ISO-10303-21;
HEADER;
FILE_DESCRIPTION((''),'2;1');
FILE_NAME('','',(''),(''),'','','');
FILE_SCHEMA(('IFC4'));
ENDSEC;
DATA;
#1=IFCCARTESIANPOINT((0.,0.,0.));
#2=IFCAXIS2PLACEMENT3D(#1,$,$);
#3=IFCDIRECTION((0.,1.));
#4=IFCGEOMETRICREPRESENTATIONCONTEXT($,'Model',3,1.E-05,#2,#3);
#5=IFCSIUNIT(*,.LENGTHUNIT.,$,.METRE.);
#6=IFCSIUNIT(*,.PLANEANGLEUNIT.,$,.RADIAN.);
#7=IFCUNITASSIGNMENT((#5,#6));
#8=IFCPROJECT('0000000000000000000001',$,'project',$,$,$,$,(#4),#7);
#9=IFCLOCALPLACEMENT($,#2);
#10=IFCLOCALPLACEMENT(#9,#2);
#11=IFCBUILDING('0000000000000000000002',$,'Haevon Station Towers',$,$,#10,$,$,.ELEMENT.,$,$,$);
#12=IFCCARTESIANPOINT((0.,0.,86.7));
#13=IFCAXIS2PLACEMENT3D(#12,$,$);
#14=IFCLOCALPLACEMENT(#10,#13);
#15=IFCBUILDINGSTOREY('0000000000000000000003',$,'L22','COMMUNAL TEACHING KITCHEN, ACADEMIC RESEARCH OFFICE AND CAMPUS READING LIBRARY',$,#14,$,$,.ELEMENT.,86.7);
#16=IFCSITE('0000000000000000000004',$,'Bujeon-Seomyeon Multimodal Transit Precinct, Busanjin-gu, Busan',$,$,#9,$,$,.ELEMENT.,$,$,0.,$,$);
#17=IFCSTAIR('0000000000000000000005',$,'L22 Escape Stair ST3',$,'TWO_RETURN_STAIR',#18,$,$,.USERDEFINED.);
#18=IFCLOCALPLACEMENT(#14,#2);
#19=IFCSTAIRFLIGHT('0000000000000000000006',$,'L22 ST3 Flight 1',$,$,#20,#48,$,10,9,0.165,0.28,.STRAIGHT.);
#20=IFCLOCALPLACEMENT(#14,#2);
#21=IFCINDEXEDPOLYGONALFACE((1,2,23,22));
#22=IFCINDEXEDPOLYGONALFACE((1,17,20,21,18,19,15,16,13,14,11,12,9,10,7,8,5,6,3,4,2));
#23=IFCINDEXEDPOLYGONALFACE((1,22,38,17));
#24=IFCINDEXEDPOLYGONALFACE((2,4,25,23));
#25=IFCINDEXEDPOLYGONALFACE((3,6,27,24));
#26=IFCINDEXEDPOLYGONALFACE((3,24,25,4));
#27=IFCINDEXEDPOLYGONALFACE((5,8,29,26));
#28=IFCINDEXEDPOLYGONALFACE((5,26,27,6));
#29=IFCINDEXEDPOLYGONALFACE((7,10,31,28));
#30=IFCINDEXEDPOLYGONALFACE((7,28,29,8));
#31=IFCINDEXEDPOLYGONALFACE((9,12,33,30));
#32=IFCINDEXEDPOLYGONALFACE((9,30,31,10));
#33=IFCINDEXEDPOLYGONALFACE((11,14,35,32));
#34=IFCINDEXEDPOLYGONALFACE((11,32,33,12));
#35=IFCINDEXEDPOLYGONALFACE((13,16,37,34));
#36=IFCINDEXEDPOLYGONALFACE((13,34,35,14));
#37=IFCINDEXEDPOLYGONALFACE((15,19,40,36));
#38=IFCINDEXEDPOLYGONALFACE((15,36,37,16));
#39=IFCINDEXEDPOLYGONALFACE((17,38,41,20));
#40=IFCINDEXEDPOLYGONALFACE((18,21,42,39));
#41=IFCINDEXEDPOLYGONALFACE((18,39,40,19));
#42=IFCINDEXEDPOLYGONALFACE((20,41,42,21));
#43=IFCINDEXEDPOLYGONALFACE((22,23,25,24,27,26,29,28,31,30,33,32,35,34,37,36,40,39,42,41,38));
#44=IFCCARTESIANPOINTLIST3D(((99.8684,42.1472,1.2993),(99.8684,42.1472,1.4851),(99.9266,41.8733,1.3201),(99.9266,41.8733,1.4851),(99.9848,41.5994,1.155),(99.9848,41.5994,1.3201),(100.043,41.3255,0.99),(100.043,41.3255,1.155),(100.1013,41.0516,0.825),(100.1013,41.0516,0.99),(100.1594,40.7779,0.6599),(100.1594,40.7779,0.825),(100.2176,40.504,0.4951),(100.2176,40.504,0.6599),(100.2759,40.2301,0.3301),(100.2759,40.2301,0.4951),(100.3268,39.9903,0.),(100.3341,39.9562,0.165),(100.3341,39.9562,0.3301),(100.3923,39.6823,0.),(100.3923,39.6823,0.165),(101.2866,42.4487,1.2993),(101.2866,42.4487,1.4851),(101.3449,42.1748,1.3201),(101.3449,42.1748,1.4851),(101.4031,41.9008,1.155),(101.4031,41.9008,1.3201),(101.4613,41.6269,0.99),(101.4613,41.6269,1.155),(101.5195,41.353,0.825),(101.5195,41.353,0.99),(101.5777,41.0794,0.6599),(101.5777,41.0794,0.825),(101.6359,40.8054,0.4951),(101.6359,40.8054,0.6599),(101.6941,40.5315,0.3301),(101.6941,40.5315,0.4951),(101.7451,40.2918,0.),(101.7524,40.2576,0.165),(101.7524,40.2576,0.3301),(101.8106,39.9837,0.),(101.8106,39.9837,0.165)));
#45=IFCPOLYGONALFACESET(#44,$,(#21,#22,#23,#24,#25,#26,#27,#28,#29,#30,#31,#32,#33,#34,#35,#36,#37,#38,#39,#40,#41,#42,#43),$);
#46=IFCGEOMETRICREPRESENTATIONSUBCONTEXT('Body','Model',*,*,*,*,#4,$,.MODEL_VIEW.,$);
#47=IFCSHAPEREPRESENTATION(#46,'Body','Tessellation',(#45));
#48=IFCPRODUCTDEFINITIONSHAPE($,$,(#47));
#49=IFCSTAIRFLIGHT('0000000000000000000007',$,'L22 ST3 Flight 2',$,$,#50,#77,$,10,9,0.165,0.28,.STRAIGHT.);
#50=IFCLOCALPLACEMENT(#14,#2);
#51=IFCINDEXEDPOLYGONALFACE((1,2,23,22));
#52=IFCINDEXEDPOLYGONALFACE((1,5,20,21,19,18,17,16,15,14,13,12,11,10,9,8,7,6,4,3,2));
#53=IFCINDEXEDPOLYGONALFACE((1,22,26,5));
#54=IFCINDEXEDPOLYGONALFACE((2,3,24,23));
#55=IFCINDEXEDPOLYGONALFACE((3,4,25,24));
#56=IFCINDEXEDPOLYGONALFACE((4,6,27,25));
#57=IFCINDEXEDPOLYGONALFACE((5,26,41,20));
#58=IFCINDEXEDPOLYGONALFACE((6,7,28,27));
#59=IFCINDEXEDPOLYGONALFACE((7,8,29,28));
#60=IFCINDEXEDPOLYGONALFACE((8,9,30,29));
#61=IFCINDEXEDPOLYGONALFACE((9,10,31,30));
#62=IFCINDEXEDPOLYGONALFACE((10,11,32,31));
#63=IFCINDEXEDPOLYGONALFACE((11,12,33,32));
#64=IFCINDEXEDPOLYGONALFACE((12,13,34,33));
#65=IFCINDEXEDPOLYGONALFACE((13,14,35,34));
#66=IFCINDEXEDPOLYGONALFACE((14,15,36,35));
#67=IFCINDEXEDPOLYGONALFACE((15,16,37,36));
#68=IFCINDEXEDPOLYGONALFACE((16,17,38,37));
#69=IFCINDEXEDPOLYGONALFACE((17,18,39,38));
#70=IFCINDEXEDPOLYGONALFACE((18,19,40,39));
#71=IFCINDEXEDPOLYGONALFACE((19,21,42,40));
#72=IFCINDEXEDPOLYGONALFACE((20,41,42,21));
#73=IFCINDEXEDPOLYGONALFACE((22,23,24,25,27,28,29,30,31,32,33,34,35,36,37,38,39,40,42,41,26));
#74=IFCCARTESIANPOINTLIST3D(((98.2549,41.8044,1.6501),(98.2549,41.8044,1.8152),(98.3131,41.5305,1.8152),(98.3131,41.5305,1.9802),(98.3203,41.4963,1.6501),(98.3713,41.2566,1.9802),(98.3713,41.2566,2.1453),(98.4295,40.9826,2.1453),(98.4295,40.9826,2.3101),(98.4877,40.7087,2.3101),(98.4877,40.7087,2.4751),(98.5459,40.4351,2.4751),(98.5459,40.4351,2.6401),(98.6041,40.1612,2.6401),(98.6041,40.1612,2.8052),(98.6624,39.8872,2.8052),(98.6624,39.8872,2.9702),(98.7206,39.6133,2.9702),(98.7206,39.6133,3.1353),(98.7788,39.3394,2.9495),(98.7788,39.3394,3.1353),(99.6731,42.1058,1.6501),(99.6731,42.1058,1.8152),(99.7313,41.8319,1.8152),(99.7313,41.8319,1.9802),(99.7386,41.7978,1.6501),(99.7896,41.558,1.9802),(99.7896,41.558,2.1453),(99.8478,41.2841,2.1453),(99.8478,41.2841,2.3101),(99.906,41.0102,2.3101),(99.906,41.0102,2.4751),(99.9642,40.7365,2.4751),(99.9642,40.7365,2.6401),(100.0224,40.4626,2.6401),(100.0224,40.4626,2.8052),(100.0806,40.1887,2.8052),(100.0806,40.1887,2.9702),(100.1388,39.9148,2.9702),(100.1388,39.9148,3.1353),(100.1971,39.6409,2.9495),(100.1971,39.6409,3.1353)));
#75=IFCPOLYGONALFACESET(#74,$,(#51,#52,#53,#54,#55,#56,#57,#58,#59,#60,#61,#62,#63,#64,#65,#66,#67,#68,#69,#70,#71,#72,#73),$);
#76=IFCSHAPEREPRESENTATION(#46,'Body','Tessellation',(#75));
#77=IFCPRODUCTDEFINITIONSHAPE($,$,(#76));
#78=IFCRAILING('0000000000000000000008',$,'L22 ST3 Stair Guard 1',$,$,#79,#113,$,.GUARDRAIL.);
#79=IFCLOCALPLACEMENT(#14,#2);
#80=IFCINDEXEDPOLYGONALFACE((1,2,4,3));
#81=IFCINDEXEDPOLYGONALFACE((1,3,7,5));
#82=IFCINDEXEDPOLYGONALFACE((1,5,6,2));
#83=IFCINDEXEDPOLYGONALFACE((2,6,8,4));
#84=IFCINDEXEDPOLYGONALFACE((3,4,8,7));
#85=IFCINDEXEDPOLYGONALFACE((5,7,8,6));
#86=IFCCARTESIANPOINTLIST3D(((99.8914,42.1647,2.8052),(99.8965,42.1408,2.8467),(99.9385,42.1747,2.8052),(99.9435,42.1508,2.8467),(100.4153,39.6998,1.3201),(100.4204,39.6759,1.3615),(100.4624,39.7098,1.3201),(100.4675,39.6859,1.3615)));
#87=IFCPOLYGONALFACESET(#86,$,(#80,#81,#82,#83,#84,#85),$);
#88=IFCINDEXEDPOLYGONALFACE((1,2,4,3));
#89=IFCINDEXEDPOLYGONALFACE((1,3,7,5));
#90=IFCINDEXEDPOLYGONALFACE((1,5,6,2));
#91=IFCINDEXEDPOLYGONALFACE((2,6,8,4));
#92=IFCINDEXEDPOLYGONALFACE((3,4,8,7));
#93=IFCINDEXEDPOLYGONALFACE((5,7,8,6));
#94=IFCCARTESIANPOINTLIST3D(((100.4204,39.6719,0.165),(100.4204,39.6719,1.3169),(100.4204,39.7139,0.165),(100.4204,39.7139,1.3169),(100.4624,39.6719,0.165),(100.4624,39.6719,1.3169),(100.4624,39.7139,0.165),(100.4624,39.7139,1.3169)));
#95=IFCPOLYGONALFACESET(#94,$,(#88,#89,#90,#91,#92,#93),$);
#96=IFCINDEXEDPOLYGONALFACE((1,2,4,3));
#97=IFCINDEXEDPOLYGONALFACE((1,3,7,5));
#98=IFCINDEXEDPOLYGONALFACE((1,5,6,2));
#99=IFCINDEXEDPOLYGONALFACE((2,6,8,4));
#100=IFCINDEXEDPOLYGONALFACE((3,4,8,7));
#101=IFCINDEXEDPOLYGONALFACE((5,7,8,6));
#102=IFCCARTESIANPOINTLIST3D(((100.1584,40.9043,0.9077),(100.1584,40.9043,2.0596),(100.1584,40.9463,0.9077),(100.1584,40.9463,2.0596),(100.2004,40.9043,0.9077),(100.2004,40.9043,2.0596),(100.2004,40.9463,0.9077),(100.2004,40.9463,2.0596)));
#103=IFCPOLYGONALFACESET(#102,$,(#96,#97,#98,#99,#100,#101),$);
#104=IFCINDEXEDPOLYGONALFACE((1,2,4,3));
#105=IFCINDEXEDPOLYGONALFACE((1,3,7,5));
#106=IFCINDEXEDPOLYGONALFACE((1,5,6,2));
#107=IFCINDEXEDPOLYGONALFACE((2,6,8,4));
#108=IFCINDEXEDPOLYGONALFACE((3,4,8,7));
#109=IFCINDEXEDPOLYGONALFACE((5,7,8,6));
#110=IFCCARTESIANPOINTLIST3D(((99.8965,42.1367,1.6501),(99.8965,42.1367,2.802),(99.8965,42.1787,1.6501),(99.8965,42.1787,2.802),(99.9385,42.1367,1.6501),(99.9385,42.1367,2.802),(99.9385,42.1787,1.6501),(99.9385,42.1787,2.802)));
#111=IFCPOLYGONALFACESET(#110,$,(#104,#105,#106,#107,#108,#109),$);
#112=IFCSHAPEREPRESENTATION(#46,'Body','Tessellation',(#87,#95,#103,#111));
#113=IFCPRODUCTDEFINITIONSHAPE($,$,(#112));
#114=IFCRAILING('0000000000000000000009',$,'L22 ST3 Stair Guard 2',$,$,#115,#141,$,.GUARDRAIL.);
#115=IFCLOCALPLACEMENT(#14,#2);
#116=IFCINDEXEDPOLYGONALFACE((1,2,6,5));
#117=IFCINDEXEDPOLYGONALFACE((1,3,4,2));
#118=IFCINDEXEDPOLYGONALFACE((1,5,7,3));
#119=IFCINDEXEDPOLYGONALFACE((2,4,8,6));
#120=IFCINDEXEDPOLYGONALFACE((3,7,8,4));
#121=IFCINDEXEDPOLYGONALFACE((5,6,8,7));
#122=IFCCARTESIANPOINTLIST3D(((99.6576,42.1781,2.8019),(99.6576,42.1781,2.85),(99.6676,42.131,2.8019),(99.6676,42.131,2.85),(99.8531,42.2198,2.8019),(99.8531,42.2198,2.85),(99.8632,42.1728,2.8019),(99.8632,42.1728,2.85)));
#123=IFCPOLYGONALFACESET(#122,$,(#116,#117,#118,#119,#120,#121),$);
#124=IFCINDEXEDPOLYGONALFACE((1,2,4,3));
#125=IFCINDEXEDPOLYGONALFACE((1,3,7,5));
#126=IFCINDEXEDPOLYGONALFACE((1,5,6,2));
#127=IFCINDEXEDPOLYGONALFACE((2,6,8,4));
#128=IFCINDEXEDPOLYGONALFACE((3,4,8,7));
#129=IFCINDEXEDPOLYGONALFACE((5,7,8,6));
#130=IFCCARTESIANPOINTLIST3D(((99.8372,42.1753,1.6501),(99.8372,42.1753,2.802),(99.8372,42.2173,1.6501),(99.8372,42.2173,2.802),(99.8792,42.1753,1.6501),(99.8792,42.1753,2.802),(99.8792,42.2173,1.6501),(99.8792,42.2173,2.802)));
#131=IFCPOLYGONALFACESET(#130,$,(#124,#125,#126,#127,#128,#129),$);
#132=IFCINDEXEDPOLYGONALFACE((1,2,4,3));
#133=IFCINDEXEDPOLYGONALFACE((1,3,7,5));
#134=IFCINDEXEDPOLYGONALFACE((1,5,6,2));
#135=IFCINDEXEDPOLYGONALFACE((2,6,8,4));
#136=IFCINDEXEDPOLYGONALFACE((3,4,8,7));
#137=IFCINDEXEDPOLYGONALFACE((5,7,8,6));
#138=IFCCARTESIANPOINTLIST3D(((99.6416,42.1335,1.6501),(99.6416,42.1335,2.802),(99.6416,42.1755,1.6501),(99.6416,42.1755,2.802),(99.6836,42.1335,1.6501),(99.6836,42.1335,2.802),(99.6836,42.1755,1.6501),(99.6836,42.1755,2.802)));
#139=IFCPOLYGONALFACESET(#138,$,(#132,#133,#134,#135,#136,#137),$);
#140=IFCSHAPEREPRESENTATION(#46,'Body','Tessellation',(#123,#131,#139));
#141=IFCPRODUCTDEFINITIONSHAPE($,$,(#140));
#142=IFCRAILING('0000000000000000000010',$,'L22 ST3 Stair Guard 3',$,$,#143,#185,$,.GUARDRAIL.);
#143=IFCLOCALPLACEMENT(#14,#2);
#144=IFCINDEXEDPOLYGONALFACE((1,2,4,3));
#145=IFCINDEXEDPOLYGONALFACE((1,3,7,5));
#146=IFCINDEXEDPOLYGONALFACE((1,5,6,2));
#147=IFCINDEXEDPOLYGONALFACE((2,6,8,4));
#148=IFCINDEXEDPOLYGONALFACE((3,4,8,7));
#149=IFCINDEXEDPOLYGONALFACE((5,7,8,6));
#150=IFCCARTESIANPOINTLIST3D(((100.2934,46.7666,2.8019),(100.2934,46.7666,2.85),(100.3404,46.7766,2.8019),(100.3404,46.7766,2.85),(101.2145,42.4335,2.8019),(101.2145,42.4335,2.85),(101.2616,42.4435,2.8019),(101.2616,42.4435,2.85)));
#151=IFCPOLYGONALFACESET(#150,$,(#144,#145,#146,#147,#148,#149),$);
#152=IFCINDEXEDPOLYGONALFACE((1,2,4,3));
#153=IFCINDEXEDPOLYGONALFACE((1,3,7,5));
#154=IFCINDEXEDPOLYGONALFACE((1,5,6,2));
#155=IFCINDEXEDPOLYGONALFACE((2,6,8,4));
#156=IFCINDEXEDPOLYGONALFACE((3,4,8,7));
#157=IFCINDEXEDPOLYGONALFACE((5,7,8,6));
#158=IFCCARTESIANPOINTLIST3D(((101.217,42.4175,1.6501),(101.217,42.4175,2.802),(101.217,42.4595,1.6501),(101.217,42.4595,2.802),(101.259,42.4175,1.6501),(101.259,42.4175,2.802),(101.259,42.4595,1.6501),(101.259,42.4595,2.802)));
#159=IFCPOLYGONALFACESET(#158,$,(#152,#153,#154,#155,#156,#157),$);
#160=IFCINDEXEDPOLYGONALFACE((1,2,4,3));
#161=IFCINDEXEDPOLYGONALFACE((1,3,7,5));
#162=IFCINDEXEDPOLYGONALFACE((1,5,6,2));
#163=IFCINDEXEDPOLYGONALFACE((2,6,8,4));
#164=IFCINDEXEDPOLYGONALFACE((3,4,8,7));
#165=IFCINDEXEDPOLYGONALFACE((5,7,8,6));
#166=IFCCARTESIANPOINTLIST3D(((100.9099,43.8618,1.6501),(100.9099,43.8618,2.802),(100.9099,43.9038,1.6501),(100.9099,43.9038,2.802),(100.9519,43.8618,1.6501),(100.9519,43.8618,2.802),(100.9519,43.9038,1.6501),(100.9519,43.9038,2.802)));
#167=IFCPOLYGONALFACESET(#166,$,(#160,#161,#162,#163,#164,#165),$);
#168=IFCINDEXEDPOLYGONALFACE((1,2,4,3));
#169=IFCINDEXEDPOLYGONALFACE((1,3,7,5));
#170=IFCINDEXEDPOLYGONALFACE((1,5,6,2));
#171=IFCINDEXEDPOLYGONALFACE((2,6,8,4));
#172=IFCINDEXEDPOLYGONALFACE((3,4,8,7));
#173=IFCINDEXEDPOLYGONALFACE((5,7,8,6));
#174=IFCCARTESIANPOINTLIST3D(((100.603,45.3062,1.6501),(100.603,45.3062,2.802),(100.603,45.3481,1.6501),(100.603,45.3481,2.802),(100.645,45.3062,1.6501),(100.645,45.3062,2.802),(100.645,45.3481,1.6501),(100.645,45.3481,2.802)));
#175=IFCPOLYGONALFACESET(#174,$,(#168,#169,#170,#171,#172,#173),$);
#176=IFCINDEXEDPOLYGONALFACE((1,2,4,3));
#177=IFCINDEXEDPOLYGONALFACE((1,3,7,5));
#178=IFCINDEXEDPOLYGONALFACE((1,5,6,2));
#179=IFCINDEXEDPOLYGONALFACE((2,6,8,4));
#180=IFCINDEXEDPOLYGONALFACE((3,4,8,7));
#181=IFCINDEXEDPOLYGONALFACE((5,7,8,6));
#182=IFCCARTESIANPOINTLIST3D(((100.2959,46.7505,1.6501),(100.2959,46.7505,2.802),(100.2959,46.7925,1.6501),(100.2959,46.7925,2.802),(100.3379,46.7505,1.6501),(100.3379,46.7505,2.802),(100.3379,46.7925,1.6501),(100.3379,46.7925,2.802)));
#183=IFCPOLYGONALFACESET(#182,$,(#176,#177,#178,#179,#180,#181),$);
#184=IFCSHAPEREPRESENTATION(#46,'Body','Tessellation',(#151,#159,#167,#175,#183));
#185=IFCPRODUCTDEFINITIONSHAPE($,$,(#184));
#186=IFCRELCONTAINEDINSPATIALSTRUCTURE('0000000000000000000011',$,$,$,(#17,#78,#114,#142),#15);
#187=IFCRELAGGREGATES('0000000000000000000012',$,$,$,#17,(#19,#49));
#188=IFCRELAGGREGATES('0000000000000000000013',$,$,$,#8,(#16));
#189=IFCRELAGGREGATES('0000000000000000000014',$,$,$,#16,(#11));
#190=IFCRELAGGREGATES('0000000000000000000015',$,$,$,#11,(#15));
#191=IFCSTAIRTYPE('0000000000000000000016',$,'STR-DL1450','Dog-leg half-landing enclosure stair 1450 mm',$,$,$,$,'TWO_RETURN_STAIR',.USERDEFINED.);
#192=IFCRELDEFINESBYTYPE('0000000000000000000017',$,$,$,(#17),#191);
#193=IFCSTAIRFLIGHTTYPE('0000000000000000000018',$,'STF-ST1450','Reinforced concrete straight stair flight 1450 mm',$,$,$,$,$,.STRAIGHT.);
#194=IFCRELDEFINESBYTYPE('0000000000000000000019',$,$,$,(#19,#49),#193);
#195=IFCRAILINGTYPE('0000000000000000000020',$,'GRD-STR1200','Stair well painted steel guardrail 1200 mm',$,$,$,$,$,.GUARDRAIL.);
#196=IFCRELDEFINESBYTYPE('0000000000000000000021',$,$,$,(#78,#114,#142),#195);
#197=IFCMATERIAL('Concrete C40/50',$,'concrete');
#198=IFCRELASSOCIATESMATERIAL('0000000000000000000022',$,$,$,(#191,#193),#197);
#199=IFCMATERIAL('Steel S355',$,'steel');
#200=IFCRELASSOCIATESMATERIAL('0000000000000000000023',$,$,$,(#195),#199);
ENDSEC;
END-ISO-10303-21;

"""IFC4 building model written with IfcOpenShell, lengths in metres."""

from ifc_helpers import new_model, si_unit, direction, frame, origin, origin_2d, place, context, subcontext, project, spatial, polyline, rectangle, outline, extrude, material, type_object, element, aggregate, save


model = new_model("IFC4")

# Units and contexts
model_context = context("Model", 3, precision=1e-05, world=origin(), true_north=direction((0.0, 1.0)))
body_context = subcontext(model_context, "Body", "Model", "MODEL_VIEW")
ifc_project = project(units=[si_unit("LENGTHUNIT", "METRE"), si_unit("PLANEANGLEUNIT", "RADIAN")], contexts=[model_context])

# Site, building, storey
site_placement = place(None, origin())
site = spatial("IfcSite", under=ifc_project, at=site_placement, Name="Bujeon-Seomyeon Multimodal Transit Precinct, Busanjin-gu, Busan", CompositionType="ELEMENT", RefElevation=0.0)
building_placement = place(site_placement, origin())
building = spatial("IfcBuilding", under=site, at=building_placement, Name="Haevon Station Towers", CompositionType="ELEMENT")
storey_placement = place(building_placement, frame((0.0, 0.0, 86.7)))
storey = spatial("IfcBuildingStorey", under=building, at=storey_placement, Name="L22", Description="COMMUNAL TEACHING KITCHEN, ACADEMIC RESEARCH OFFICE AND CAMPUS READING LIBRARY", CompositionType="ELEMENT", Elevation=86.7)

# Shared definitions
ifc_material_1 = material(Name="Steel S355", Category="steel")

# Shared definitions
ifc_material_2 = material(Name="Concrete C40/50", Category="concrete")

# Stair, stair flights
stair_type = type_object("IfcStairType", Name="STR-DL1450", Description="Dog-leg half-landing enclosure stair 1450 mm", ElementType="TWO_RETURN_STAIR", PredefinedType="USERDEFINED", material=ifc_material_2)
stair_placement = place(storey_placement, origin())
stair = element("IfcStair", 1, at=stair_placement, inside=storey, type_object=stair_type, Name="L22 Escape Stair ST3", ObjectType="TWO_RETURN_STAIR", PredefinedType="USERDEFINED")
stair_flight_type = type_object("IfcStairFlightType", Name="STF-ST1450", Description="Reinforced concrete straight stair flight 1450 mm", PredefinedType="STRAIGHT", material=ifc_material_2)
stair_flight_1_placement = place(storey_placement, frame((101.1016, 39.833, 0.0), z_axis=(0.0, 0.0, 1.0), x_axis=(-0.207912, 0.978148, 0.0)))
stair_flight_1 = element("IfcStairFlight", 2, at=stair_flight_1_placement, type_object=stair_flight_type, Name="L22 ST3 Flight 1", NumberOfRisers=10, NumberOfTreads=9, PredefinedType="STRAIGHT", RiserHeight=0.165, TreadLength=0.28, context=body_context, shape_type="SweptSolid", body=[
    extrude(outline(polyline([(0.0, 0.0), (0.0, 0.165), (0.28, 0.165), (0.28, 0.3301), (0.5601, 0.3301), (0.5601, 0.4951), (0.8401, 0.4951), (0.8401, 0.6599), (1.1201, 0.6599), (1.1201, 0.825), (1.3999, 0.825), (1.3999, 0.99), (1.6799, 0.99), (1.6799, 1.155), (1.96, 1.155), (1.96, 1.3201), (2.24, 1.3201), (2.24, 1.4851), (2.52, 1.4851), (2.52, 1.6499), (2.52, 1.2993), (0.3149, 0.0), (0.0, 0.0)])), frame((0.0, 0.7251, 0.0), z_axis=(0.0, -1.0, 0.0), x_axis=(1.0, 0.0, 0.0)), (0.0, 0.0, 1.0), 1.45),
])
stair_flight_2_placement = place(storey_placement, frame((98.9639, 41.9551, 1.6501), z_axis=(0.0, 0.0, 1.0), x_axis=(0.207912, -0.978148, 0.0)))
stair_flight_2 = element("IfcStairFlight", 3, at=stair_flight_2_placement, type_object=stair_flight_type, Name="L22 ST3 Flight 2", NumberOfRisers=10, NumberOfTreads=9, PredefinedType="STRAIGHT", RiserHeight=0.165, TreadLength=0.28, context=body_context, shape_type="SweptSolid", body=[
    extrude(outline(polyline([(0.0, 0.0), (0.0, 0.165), (0.28, 0.165), (0.28, 0.3301), (0.5601, 0.3301), (0.5601, 0.4951), (0.8401, 0.4951), (0.8401, 0.6599), (1.1201, 0.6599), (1.1201, 0.825), (1.3999, 0.825), (1.3999, 0.99), (1.6799, 0.99), (1.6799, 1.155), (1.96, 1.155), (1.96, 1.3201), (2.24, 1.3201), (2.24, 1.4851), (2.52, 1.4851), (2.52, 1.6499), (2.52, 1.2993), (0.3149, 0.0), (0.0, 0.0)])), frame((0.0, 0.7251, 0.0), z_axis=(0.0, -1.0, 0.0), x_axis=(1.0, 0.0, 0.0)), (0.0, 0.0, 1.0), 1.45),
])
aggregate(stair, [stair_flight_1, stair_flight_2])

# Railings
railing_type_1 = type_object("IfcRailingType", Name="GRD-STR1200", Description="Stair well painted steel guardrail 1200 mm", PredefinedType="GUARDRAIL", material=ifc_material_1)
railing_1_placement = place(storey_placement, frame((100.4414, 39.6929, 0.165)))
element("IfcRailing", 4, at=railing_1_placement, inside=storey, type_object=railing_type_1, Name="L22 ST3 Stair Guard 1", PredefinedType="GUARDRAIL", context=body_context, shape_type="SweptSolid", body=[
    extrude(rectangle(XDim=0.0481, YDim=0.0481, at=origin_2d()), frame((0.0, 0.0, 1.1758), z_axis=(-0.179121, 0.842688, 0.507733), x_axis=(-0.978147, -0.207914, 0.0)), (0.0, 0.0, 1.0), 2.925),
    extrude(rectangle(XDim=0.042, YDim=0.042, at=origin_2d()), origin(), (0.0, 0.0, 1.0), 1.1519),
    extrude(rectangle(XDim=0.042, YDim=0.042, at=origin_2d()), frame((-0.262, 1.2324, 0.7427)), (0.0, 0.0, 1.0), 1.1519),
    extrude(rectangle(XDim=0.042, YDim=0.042, at=origin_2d()), frame((-0.5239, 2.4648, 1.4851)), (0.0, 0.0, 1.0), 1.1519),
])
railing_2_placement = place(storey_placement, frame((99.8582, 42.1963, 1.6501)))
element("IfcRailing", 5, at=railing_2_placement, inside=storey, type_object=railing_type_1, Name="L22 ST3 Stair Guard 2", PredefinedType="GUARDRAIL", context=body_context, shape_type="SweptSolid", body=[
    extrude(rectangle(XDim=0.0481, YDim=0.0481, at=origin_2d()), frame((0.0, 0.0, 1.1758), z_axis=(-0.977963, -0.208779, 0.0), x_axis=(0.208779, -0.977963, 0.0)), (0.0, 0.0, 1.0), 0.2),
    extrude(rectangle(XDim=0.042, YDim=0.042, at=origin_2d()), origin(), (0.0, 0.0, 1.0), 1.1519),
    extrude(rectangle(XDim=0.042, YDim=0.042, at=origin_2d()), frame((-0.1956, -0.0417, 0.0)), (0.0, 0.0, 1.0), 1.1519),
])
railing_3_placement = place(storey_placement, frame((101.238, 42.4385, 1.6501)))
element("IfcRailing", 6, at=railing_3_placement, inside=storey, type_object=railing_type_1, Name="L22 ST3 Stair Guard 3", PredefinedType="GUARDRAIL", context=body_context, shape_type="SweptSolid", body=[
    extrude(rectangle(XDim=0.0481, YDim=0.0481, at=origin_2d()), frame((0.0, 0.0, 1.1758), z_axis=(-0.20794, 0.978141, 0.0), x_axis=(-0.978141, -0.20794, 0.0)), (0.0, 0.0, 1.0), 4.4299),
    extrude(rectangle(XDim=0.042, YDim=0.042, at=origin_2d()), origin(), (0.0, 0.0, 1.0), 1.1519),
    extrude(rectangle(XDim=0.042, YDim=0.042, at=origin_2d()), frame((-0.3071, 1.4443, 0.0)), (0.0, 0.0, 1.0), 1.1519),
    extrude(rectangle(XDim=0.042, YDim=0.042, at=origin_2d()), frame((-0.614, 2.8887, 0.0)), (0.0, 0.0, 1.0), 1.1519),
    extrude(rectangle(XDim=0.042, YDim=0.042, at=origin_2d()), frame((-0.9211, 4.333, 0.0)), (0.0, 0.0, 1.0), 1.1519),
])

save(model, "model.ifc")
